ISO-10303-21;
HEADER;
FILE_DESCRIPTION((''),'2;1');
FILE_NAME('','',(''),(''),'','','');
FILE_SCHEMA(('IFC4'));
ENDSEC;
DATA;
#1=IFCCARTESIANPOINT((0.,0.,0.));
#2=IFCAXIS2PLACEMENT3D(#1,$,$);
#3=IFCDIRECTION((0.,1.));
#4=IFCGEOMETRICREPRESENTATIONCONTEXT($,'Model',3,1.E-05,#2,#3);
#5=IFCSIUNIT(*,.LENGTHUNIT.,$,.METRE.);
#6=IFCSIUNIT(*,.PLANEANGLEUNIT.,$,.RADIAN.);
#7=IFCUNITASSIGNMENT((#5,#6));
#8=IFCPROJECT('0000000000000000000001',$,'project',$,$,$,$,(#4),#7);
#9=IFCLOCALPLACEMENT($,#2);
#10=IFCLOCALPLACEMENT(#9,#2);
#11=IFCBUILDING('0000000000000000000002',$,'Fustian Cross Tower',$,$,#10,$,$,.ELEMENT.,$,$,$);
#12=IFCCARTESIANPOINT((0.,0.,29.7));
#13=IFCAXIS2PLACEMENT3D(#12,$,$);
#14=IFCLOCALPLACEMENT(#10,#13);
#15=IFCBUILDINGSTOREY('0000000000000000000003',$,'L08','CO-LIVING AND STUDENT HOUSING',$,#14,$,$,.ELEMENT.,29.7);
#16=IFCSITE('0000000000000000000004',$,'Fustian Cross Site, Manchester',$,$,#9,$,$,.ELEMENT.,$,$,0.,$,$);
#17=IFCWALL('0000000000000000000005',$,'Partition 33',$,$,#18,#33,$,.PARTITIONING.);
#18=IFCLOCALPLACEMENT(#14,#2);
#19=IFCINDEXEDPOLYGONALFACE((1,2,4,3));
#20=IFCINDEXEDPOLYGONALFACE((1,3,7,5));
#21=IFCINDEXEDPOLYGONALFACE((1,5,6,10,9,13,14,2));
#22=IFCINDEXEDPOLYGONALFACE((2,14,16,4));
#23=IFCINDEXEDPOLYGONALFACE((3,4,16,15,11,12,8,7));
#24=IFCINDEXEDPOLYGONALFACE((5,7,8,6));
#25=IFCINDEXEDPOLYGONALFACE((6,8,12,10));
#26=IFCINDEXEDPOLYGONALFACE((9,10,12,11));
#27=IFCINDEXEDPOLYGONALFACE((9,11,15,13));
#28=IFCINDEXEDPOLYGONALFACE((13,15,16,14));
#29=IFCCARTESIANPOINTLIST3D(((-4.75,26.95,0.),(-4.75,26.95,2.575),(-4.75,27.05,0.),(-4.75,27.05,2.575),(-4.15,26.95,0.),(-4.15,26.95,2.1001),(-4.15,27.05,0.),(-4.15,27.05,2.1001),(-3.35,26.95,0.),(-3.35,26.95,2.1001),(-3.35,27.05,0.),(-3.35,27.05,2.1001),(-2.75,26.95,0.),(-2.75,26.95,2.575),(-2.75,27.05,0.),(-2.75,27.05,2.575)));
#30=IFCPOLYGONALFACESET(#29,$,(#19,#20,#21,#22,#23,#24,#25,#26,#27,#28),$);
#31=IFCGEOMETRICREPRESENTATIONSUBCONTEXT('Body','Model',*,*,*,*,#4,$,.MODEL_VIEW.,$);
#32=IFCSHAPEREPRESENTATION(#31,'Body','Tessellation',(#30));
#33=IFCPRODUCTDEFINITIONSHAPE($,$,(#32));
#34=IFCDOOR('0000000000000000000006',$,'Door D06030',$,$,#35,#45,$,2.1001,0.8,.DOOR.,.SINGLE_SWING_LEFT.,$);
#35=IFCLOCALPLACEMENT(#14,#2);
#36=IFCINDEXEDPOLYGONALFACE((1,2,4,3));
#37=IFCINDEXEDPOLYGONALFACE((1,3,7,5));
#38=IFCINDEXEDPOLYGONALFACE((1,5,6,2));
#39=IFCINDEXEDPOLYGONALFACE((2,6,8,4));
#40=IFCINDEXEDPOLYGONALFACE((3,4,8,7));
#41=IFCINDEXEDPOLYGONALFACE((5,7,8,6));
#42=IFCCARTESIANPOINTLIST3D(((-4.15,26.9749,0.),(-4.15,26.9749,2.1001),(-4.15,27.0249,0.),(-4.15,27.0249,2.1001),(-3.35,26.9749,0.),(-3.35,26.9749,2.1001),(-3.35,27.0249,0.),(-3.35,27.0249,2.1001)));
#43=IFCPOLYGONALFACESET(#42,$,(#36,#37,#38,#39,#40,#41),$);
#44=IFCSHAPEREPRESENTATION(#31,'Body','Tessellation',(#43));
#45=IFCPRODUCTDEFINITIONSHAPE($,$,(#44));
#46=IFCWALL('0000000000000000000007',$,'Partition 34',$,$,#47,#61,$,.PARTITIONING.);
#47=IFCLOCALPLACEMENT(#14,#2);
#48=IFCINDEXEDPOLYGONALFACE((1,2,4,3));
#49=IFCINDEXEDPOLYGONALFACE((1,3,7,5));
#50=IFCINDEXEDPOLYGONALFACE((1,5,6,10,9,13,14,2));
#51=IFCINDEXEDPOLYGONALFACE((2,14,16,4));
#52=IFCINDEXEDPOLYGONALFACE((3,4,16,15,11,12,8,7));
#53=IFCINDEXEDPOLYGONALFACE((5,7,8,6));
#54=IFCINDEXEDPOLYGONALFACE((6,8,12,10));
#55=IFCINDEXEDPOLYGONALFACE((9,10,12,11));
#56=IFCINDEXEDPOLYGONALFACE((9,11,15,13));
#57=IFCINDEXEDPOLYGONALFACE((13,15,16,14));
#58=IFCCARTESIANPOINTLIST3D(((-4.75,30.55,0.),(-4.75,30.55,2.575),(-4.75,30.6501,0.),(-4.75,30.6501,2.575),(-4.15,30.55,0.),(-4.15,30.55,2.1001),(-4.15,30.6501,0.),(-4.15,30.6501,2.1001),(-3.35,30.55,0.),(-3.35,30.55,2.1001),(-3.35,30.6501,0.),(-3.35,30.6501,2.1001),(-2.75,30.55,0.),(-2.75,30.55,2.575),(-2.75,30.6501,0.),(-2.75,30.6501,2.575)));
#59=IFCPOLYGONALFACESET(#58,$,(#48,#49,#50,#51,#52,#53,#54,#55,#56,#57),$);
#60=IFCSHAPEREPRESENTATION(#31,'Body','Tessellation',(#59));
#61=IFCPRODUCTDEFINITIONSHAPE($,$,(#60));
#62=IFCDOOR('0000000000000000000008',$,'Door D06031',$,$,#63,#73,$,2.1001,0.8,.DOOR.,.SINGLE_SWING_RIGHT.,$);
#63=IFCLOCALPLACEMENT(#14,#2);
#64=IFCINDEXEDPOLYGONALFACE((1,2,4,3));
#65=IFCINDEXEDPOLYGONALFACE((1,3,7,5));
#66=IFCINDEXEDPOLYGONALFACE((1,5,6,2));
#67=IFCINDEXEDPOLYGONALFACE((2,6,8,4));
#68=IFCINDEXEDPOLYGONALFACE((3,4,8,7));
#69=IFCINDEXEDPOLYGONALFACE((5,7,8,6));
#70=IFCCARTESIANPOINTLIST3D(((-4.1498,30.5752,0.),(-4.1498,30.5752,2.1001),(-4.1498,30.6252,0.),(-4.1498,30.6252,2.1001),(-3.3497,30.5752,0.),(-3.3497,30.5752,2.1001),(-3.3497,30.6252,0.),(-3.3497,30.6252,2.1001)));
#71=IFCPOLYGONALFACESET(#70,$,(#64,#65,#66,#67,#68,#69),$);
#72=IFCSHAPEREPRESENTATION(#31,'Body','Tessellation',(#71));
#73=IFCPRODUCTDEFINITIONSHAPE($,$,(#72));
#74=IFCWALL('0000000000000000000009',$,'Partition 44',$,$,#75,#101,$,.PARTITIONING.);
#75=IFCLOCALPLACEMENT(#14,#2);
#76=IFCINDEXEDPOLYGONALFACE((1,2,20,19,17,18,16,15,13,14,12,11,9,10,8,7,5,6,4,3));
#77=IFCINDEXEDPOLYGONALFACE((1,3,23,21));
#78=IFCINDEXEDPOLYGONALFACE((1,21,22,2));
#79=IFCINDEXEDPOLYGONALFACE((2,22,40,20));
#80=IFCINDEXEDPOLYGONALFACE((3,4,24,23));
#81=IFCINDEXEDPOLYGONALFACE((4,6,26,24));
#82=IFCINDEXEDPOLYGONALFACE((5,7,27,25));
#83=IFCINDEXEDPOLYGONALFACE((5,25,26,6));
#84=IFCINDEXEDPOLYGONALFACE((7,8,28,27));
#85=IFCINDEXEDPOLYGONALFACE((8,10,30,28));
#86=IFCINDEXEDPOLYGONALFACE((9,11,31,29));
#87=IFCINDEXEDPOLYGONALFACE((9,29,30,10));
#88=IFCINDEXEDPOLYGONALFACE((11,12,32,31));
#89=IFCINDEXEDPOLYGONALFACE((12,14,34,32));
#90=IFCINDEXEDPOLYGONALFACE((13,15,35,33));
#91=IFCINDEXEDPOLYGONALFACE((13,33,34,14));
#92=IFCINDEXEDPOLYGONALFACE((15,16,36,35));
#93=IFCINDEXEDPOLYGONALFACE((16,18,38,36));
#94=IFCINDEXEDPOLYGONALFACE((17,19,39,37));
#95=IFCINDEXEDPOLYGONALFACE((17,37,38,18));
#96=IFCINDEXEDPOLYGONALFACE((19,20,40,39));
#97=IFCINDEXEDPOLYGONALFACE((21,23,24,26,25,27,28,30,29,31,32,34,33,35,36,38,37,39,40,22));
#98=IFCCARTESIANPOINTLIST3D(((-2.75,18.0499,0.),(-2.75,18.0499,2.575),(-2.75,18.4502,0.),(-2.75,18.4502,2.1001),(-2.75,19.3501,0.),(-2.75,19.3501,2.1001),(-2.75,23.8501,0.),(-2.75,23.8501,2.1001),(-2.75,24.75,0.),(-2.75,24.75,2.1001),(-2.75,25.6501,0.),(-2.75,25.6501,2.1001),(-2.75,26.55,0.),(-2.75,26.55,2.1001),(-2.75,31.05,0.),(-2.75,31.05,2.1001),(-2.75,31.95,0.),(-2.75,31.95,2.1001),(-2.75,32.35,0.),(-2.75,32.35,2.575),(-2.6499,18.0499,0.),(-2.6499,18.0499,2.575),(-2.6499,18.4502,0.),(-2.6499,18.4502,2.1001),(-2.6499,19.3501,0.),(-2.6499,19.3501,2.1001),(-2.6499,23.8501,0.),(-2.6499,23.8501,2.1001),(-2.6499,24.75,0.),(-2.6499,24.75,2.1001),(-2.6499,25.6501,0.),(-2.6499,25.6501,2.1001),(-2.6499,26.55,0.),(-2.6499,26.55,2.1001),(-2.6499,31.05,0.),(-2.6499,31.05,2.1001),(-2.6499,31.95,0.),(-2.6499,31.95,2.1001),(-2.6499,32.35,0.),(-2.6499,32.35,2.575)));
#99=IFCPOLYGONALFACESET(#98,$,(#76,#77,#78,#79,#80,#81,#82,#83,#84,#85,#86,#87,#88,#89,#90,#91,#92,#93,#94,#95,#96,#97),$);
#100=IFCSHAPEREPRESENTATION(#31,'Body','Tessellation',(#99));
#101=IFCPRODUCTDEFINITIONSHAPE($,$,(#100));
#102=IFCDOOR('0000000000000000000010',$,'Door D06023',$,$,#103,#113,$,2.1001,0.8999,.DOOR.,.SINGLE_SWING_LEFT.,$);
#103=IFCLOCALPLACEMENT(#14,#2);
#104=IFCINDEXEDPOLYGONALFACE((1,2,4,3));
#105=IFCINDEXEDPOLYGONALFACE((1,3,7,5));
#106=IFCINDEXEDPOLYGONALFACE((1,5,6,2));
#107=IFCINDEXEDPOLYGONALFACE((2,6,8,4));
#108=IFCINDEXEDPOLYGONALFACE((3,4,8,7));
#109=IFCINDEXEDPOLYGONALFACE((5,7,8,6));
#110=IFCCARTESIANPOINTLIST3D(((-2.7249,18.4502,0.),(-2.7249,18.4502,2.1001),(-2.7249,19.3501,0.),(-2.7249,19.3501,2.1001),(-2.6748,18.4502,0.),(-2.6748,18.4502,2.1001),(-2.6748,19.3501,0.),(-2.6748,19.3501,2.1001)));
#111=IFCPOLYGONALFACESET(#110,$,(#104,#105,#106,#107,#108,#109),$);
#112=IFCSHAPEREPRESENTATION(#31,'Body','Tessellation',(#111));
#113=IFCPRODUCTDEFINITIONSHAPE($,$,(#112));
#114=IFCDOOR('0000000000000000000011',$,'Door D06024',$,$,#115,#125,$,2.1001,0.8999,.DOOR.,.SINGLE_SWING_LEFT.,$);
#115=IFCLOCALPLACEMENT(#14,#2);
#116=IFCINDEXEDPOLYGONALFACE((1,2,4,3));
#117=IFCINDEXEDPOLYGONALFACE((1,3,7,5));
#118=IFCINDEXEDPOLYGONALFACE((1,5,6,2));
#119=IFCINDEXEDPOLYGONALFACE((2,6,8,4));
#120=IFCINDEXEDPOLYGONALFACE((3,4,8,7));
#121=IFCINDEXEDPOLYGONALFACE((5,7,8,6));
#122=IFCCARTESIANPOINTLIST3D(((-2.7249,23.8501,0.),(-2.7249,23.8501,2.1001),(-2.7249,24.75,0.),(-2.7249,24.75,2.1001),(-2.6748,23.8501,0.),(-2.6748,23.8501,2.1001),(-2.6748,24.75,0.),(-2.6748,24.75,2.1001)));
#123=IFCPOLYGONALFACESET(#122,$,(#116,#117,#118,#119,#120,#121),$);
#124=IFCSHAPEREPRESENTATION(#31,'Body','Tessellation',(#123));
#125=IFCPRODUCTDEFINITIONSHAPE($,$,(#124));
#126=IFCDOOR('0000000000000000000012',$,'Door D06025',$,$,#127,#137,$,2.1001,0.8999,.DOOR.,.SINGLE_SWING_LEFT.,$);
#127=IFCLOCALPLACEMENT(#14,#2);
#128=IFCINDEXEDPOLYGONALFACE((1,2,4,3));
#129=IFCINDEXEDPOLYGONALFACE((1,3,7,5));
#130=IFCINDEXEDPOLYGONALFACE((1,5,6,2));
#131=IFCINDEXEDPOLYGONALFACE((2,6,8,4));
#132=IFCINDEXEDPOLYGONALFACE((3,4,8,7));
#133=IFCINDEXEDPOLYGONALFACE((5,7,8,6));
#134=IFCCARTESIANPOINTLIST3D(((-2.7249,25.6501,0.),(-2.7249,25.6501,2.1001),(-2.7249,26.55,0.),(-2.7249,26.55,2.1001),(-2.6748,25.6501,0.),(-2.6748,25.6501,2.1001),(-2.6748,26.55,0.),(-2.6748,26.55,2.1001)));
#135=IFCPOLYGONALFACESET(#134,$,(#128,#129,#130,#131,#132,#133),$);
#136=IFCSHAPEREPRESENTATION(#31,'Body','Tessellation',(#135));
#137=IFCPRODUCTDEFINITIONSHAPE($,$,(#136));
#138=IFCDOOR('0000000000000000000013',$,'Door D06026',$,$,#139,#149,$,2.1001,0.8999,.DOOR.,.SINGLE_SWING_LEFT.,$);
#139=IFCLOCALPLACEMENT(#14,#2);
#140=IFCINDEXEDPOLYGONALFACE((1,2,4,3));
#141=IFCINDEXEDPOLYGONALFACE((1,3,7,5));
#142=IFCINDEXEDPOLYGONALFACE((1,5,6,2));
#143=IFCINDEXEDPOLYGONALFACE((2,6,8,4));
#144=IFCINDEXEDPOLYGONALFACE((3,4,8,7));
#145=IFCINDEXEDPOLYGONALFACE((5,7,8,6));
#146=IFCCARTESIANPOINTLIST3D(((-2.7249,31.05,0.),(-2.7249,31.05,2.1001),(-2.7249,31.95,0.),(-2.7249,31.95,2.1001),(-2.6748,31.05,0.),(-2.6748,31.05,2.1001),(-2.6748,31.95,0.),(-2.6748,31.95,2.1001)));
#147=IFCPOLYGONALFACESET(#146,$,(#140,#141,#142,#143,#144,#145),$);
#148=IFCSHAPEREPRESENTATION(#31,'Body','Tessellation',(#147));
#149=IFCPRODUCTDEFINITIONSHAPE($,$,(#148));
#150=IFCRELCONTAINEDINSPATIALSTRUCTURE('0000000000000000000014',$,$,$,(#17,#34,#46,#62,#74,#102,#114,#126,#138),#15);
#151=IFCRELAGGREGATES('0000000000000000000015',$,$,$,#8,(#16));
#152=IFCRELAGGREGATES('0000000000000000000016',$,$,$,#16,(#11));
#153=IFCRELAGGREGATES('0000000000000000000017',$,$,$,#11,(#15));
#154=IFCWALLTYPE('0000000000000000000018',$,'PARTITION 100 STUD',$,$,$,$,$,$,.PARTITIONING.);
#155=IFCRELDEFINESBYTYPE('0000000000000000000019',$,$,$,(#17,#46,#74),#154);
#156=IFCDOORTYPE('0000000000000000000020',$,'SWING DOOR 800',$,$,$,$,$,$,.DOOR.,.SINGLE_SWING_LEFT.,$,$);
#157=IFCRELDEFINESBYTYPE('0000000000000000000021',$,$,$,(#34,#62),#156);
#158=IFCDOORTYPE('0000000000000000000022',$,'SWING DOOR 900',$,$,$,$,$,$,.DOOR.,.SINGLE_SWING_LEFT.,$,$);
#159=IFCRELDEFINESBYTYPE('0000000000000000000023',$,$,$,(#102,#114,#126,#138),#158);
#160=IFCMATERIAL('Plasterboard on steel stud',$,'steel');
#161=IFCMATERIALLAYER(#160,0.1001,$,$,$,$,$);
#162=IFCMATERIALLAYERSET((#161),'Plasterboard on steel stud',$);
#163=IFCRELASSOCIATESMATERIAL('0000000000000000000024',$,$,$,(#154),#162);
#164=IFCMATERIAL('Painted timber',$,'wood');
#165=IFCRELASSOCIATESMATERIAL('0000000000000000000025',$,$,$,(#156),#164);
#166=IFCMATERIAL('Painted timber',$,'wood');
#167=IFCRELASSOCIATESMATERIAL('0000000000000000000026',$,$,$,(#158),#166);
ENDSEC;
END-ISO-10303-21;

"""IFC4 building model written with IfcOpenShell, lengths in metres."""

from ifc_helpers import new_model, si_unit, direction, frame, frame_2d, origin, place, context, subcontext, project, spatial, rectangle, extrude, material, layer, layer_set, type_object, element, fill, save


model = new_model("IFC4")

# Units and contexts
model_context = context("Model", 3, precision=1e-05, world=origin(), true_north=direction((0.0, 1.0)))
body_context = subcontext(model_context, "Body", "Model", "MODEL_VIEW")
ifc_project = project(units=[si_unit("LENGTHUNIT", "METRE"), si_unit("PLANEANGLEUNIT", "RADIAN")], contexts=[model_context])

# Site, building, storey
site_placement = place(None, origin())
site = spatial("IfcSite", under=ifc_project, at=site_placement, Name="Fustian Cross Site, Manchester", CompositionType="ELEMENT", RefElevation=0.0)
building_placement = place(site_placement, origin())
building = spatial("IfcBuilding", under=site, at=building_placement, Name="Fustian Cross Tower", CompositionType="ELEMENT")
storey_placement = place(building_placement, frame((0.0, 0.0, 29.7)))
storey = spatial("IfcBuildingStorey", under=building, at=storey_placement, Name="L08", Description="CO-LIVING AND STUDENT HOUSING", CompositionType="ELEMENT", Elevation=29.7)

# Shared definitions
ifc_material_1 = material(Name="Plasterboard on steel stud", Category="steel")
ifc_layer = layer(ifc_material_1, 0.1001)
ifc_layer_set = layer_set([ifc_layer], Name="Plasterboard on steel stud")
wall_type = type_object("IfcWallType", Name="PARTITION 100 STUD", PredefinedType="PARTITIONING", material=ifc_layer_set)

# Shared definitions
ifc_material_2 = material(Name="Painted timber", Category="wood")
door_type_1 = type_object("IfcDoorType", Name="SWING DOOR 800", OperationType="SINGLE_SWING_LEFT", PredefinedType="DOOR", material=ifc_material_2)

# Walls, openings, doors
wall_1_placement = place(storey_placement, frame((-4.75, 27.0, 0.0), z_axis=(0.0, 0.0, 1.0), x_axis=(1.0, 0.0, 0.0)))
wall_1 = element("IfcWall", 1, at=wall_1_placement, inside=storey, type_object=wall_type, Name="Partition 33", PredefinedType="PARTITIONING", context=body_context, shape_type="SweptSolid", body=[
    extrude(rectangle(XDim=2.0, YDim=0.1001, at=frame_2d((1.0, 0.0))), origin(), (0.0, 0.0, 1.0), 2.575),
])
opening_1_placement = place(wall_1_placement, frame((0.6001, 0.0, 0.0)))
opening_1 = element("IfcOpeningElement", 2, at=opening_1_placement, cuts=wall_1, PredefinedType="OPENING", context=body_context, shape_type="SweptSolid", body=[
    extrude(rectangle(XDim=0.8, YDim=2.1001, at=frame_2d((0.3999, 1.05))), frame((0.0, 0.0601, 0.0), z_axis=(0.0, -1.0, 0.0), x_axis=(1.0, 0.0, 0.0)), (0.0, 0.0, 1.0), 0.1201),
])
door_1_placement = place(opening_1_placement, origin())
door_1 = element("IfcDoor", 3, at=door_1_placement, inside=storey, type_object=door_type_1, Name="Door D06030", OperationType="SINGLE_SWING_LEFT", OverallHeight=2.1001, OverallWidth=0.8, PredefinedType="DOOR", context=body_context, shape_type="SweptSolid", body=[
    extrude(rectangle(XDim=0.8, YDim=2.1001, at=frame_2d((0.3999, 1.05))), frame((0.0, 0.0249, 0.0), z_axis=(0.0, -1.0, 0.0), x_axis=(1.0, 0.0, 0.0)), (0.0, 0.0, 1.0), 0.05),
])
fill(opening_1, door_1)
wall_2_placement = place(storey_placement, frame((-4.75, 30.6001, 0.0), z_axis=(0.0, 0.0, 1.0), x_axis=(1.0, 0.0, 0.0)))
wall_2 = element("IfcWall", 4, at=wall_2_placement, inside=storey, type_object=wall_type, Name="Partition 34", PredefinedType="PARTITIONING", context=body_context, shape_type="SweptSolid", body=[
    extrude(rectangle(XDim=2.0, YDim=0.1001, at=frame_2d((1.0, 0.0))), origin(), (0.0, 0.0, 1.0), 2.575),
])
opening_2_placement = place(wall_2_placement, frame((0.6001, 0.0, 0.0)))
opening_2 = element("IfcOpeningElement", 5, at=opening_2_placement, cuts=wall_2, PredefinedType="OPENING", context=body_context, shape_type="SweptSolid", body=[
    extrude(rectangle(XDim=0.8, YDim=2.1001, at=frame_2d((0.3999, 1.05))), frame((0.0, 0.0601, 0.0), z_axis=(0.0, -1.0, 0.0), x_axis=(1.0, 0.0, 0.0)), (0.0, 0.0, 1.0), 0.1201),
])
door_2_placement = place(opening_2_placement, frame((0.8, 0.0, 0.0), z_axis=(0.0, 0.0, 1.0), x_axis=(-1.0, 0.0, 0.0)))
door_2 = element("IfcDoor", 6, at=door_2_placement, inside=storey, type_object=door_type_1, Name="Door D06031", OperationType="SINGLE_SWING_RIGHT", OverallHeight=2.1001, OverallWidth=0.8, PredefinedType="DOOR", context=body_context, shape_type="SweptSolid", body=[
    extrude(rectangle(XDim=0.8, YDim=2.1001, at=frame_2d((0.3999, 1.05))), frame((0.0, 0.0249, 0.0), z_axis=(0.0, -1.0, 0.0), x_axis=(1.0, 0.0, 0.0)), (0.0, 0.0, 1.0), 0.05),
])
fill(opening_2, door_2)

# Wall, openings, doors
wall_3_placement = place(storey_placement, frame((-2.7, 18.05, 0.0), z_axis=(0.0, 0.0, 1.0), x_axis=(0.0, 1.0, 0.0)))
wall_3 = element("IfcWall", 7, at=wall_3_placement, inside=storey, type_object=wall_type, Name="Partition 44", PredefinedType="PARTITIONING", context=body_context, shape_type="SweptSolid", body=[
    extrude(rectangle(XDim=14.3, YDim=0.1001, at=frame_2d((7.1499, 0.0))), origin(), (0.0, 0.0, 1.0), 2.575),
])
opening_3_placement = place(wall_3_placement, frame((0.4001, 0.0, 0.0)))
opening_3 = element("IfcOpeningElement", 8, at=opening_3_placement, cuts=wall_3, PredefinedType="OPENING", context=body_context, shape_type="SweptSolid", body=[
    extrude(rectangle(XDim=0.8999, YDim=2.1001, at=frame_2d((0.45, 1.05))), frame((0.0, 0.0601, 0.0), z_axis=(0.0, -1.0, 0.0), x_axis=(1.0, 0.0, 0.0)), (0.0, 0.0, 1.0), 0.1201),
])
opening_4_placement = place(wall_3_placement, frame((5.8, 0.0, 0.0)))
opening_4 = element("IfcOpeningElement", 9, at=opening_4_placement, cuts=wall_3, PredefinedType="OPENING", context=body_context, shape_type="SweptSolid", body=[
    extrude(rectangle(XDim=0.8999, YDim=2.1001, at=frame_2d((0.45, 1.05))), frame((0.0, 0.0601, 0.0), z_axis=(0.0, -1.0, 0.0), x_axis=(1.0, 0.0, 0.0)), (0.0, 0.0, 1.0), 0.1201),
])
opening_5_placement = place(wall_3_placement, frame((7.6001, 0.0, 0.0)))
opening_5 = element("IfcOpeningElement", 10, at=opening_5_placement, cuts=wall_3, PredefinedType="OPENING", context=body_context, shape_type="SweptSolid", body=[
    extrude(rectangle(XDim=0.8999, YDim=2.1001, at=frame_2d((0.45, 1.05))), frame((0.0, 0.0601, 0.0), z_axis=(0.0, -1.0, 0.0), x_axis=(1.0, 0.0, 0.0)), (0.0, 0.0, 1.0), 0.1201),
])
opening_6_placement = place(wall_3_placement, frame((13.0, 0.0, 0.0)))
opening_6 = element("IfcOpeningElement", 11, at=opening_6_placement, cuts=wall_3, PredefinedType="OPENING", context=body_context, shape_type="SweptSolid", body=[
    extrude(rectangle(XDim=0.8999, YDim=2.1001, at=frame_2d((0.45, 1.05))), frame((0.0, 0.0601, 0.0), z_axis=(0.0, -1.0, 0.0), x_axis=(1.0, 0.0, 0.0)), (0.0, 0.0, 1.0), 0.1201),
])
ifc_material_3 = material(Name="Painted timber", Category="wood")
door_type_2 = type_object("IfcDoorType", Name="SWING DOOR 900", OperationType="SINGLE_SWING_LEFT", PredefinedType="DOOR", material=ifc_material_3)
door_3_placement = place(opening_3_placement, origin())
door_3 = element("IfcDoor", 12, at=door_3_placement, inside=storey, type_object=door_type_2, Name="Door D06023", OperationType="SINGLE_SWING_LEFT", OverallHeight=2.1001, OverallWidth=0.8999, PredefinedType="DOOR", context=body_context, shape_type="SweptSolid", body=[
    extrude(rectangle(XDim=0.8999, YDim=2.1001, at=frame_2d((0.45, 1.05))), frame((0.0, 0.0249, 0.0), z_axis=(0.0, -1.0, 0.0), x_axis=(1.0, 0.0, 0.0)), (0.0, 0.0, 1.0), 0.05),
])
fill(opening_3, door_3)
door_4_placement = place(opening_4_placement, origin())
door_4 = element("IfcDoor", 13, at=door_4_placement, inside=storey, type_object=door_type_2, Name="Door D06024", OperationType="SINGLE_SWING_LEFT", OverallHeight=2.1001, OverallWidth=0.8999, PredefinedType="DOOR", context=body_context, shape_type="SweptSolid", body=[
    extrude(rectangle(XDim=0.8999, YDim=2.1001, at=frame_2d((0.45, 1.05))), frame((0.0, 0.0249, 0.0), z_axis=(0.0, -1.0, 0.0), x_axis=(1.0, 0.0, 0.0)), (0.0, 0.0, 1.0), 0.05),
])
fill(opening_4, door_4)
door_5_placement = place(opening_5_placement, origin())
door_5 = element("IfcDoor", 14, at=door_5_placement, inside=storey, type_object=door_type_2, Name="Door D06025", OperationType="SINGLE_SWING_LEFT", OverallHeight=2.1001, OverallWidth=0.8999, PredefinedType="DOOR", context=body_context, shape_type="SweptSolid", body=[
    extrude(rectangle(XDim=0.8999, YDim=2.1001, at=frame_2d((0.45, 1.05))), frame((0.0, 0.0249, 0.0), z_axis=(0.0, -1.0, 0.0), x_axis=(1.0, 0.0, 0.0)), (0.0, 0.0, 1.0), 0.05),
])
fill(opening_5, door_5)
door_6_placement = place(opening_6_placement, origin())
door_6 = element("IfcDoor", 15, at=door_6_placement, inside=storey, type_object=door_type_2, Name="Door D06026", OperationType="SINGLE_SWING_LEFT", OverallHeight=2.1001, OverallWidth=0.8999, PredefinedType="DOOR", context=body_context, shape_type="SweptSolid", body=[
    extrude(rectangle(XDim=0.8999, YDim=2.1001, at=frame_2d((0.45, 1.05))), frame((0.0, 0.0249, 0.0), z_axis=(0.0, -1.0, 0.0), x_axis=(1.0, 0.0, 0.0)), (0.0, 0.0, 1.0), 0.05),
])
fill(opening_6, door_6)

save(model, "model.ifc")
